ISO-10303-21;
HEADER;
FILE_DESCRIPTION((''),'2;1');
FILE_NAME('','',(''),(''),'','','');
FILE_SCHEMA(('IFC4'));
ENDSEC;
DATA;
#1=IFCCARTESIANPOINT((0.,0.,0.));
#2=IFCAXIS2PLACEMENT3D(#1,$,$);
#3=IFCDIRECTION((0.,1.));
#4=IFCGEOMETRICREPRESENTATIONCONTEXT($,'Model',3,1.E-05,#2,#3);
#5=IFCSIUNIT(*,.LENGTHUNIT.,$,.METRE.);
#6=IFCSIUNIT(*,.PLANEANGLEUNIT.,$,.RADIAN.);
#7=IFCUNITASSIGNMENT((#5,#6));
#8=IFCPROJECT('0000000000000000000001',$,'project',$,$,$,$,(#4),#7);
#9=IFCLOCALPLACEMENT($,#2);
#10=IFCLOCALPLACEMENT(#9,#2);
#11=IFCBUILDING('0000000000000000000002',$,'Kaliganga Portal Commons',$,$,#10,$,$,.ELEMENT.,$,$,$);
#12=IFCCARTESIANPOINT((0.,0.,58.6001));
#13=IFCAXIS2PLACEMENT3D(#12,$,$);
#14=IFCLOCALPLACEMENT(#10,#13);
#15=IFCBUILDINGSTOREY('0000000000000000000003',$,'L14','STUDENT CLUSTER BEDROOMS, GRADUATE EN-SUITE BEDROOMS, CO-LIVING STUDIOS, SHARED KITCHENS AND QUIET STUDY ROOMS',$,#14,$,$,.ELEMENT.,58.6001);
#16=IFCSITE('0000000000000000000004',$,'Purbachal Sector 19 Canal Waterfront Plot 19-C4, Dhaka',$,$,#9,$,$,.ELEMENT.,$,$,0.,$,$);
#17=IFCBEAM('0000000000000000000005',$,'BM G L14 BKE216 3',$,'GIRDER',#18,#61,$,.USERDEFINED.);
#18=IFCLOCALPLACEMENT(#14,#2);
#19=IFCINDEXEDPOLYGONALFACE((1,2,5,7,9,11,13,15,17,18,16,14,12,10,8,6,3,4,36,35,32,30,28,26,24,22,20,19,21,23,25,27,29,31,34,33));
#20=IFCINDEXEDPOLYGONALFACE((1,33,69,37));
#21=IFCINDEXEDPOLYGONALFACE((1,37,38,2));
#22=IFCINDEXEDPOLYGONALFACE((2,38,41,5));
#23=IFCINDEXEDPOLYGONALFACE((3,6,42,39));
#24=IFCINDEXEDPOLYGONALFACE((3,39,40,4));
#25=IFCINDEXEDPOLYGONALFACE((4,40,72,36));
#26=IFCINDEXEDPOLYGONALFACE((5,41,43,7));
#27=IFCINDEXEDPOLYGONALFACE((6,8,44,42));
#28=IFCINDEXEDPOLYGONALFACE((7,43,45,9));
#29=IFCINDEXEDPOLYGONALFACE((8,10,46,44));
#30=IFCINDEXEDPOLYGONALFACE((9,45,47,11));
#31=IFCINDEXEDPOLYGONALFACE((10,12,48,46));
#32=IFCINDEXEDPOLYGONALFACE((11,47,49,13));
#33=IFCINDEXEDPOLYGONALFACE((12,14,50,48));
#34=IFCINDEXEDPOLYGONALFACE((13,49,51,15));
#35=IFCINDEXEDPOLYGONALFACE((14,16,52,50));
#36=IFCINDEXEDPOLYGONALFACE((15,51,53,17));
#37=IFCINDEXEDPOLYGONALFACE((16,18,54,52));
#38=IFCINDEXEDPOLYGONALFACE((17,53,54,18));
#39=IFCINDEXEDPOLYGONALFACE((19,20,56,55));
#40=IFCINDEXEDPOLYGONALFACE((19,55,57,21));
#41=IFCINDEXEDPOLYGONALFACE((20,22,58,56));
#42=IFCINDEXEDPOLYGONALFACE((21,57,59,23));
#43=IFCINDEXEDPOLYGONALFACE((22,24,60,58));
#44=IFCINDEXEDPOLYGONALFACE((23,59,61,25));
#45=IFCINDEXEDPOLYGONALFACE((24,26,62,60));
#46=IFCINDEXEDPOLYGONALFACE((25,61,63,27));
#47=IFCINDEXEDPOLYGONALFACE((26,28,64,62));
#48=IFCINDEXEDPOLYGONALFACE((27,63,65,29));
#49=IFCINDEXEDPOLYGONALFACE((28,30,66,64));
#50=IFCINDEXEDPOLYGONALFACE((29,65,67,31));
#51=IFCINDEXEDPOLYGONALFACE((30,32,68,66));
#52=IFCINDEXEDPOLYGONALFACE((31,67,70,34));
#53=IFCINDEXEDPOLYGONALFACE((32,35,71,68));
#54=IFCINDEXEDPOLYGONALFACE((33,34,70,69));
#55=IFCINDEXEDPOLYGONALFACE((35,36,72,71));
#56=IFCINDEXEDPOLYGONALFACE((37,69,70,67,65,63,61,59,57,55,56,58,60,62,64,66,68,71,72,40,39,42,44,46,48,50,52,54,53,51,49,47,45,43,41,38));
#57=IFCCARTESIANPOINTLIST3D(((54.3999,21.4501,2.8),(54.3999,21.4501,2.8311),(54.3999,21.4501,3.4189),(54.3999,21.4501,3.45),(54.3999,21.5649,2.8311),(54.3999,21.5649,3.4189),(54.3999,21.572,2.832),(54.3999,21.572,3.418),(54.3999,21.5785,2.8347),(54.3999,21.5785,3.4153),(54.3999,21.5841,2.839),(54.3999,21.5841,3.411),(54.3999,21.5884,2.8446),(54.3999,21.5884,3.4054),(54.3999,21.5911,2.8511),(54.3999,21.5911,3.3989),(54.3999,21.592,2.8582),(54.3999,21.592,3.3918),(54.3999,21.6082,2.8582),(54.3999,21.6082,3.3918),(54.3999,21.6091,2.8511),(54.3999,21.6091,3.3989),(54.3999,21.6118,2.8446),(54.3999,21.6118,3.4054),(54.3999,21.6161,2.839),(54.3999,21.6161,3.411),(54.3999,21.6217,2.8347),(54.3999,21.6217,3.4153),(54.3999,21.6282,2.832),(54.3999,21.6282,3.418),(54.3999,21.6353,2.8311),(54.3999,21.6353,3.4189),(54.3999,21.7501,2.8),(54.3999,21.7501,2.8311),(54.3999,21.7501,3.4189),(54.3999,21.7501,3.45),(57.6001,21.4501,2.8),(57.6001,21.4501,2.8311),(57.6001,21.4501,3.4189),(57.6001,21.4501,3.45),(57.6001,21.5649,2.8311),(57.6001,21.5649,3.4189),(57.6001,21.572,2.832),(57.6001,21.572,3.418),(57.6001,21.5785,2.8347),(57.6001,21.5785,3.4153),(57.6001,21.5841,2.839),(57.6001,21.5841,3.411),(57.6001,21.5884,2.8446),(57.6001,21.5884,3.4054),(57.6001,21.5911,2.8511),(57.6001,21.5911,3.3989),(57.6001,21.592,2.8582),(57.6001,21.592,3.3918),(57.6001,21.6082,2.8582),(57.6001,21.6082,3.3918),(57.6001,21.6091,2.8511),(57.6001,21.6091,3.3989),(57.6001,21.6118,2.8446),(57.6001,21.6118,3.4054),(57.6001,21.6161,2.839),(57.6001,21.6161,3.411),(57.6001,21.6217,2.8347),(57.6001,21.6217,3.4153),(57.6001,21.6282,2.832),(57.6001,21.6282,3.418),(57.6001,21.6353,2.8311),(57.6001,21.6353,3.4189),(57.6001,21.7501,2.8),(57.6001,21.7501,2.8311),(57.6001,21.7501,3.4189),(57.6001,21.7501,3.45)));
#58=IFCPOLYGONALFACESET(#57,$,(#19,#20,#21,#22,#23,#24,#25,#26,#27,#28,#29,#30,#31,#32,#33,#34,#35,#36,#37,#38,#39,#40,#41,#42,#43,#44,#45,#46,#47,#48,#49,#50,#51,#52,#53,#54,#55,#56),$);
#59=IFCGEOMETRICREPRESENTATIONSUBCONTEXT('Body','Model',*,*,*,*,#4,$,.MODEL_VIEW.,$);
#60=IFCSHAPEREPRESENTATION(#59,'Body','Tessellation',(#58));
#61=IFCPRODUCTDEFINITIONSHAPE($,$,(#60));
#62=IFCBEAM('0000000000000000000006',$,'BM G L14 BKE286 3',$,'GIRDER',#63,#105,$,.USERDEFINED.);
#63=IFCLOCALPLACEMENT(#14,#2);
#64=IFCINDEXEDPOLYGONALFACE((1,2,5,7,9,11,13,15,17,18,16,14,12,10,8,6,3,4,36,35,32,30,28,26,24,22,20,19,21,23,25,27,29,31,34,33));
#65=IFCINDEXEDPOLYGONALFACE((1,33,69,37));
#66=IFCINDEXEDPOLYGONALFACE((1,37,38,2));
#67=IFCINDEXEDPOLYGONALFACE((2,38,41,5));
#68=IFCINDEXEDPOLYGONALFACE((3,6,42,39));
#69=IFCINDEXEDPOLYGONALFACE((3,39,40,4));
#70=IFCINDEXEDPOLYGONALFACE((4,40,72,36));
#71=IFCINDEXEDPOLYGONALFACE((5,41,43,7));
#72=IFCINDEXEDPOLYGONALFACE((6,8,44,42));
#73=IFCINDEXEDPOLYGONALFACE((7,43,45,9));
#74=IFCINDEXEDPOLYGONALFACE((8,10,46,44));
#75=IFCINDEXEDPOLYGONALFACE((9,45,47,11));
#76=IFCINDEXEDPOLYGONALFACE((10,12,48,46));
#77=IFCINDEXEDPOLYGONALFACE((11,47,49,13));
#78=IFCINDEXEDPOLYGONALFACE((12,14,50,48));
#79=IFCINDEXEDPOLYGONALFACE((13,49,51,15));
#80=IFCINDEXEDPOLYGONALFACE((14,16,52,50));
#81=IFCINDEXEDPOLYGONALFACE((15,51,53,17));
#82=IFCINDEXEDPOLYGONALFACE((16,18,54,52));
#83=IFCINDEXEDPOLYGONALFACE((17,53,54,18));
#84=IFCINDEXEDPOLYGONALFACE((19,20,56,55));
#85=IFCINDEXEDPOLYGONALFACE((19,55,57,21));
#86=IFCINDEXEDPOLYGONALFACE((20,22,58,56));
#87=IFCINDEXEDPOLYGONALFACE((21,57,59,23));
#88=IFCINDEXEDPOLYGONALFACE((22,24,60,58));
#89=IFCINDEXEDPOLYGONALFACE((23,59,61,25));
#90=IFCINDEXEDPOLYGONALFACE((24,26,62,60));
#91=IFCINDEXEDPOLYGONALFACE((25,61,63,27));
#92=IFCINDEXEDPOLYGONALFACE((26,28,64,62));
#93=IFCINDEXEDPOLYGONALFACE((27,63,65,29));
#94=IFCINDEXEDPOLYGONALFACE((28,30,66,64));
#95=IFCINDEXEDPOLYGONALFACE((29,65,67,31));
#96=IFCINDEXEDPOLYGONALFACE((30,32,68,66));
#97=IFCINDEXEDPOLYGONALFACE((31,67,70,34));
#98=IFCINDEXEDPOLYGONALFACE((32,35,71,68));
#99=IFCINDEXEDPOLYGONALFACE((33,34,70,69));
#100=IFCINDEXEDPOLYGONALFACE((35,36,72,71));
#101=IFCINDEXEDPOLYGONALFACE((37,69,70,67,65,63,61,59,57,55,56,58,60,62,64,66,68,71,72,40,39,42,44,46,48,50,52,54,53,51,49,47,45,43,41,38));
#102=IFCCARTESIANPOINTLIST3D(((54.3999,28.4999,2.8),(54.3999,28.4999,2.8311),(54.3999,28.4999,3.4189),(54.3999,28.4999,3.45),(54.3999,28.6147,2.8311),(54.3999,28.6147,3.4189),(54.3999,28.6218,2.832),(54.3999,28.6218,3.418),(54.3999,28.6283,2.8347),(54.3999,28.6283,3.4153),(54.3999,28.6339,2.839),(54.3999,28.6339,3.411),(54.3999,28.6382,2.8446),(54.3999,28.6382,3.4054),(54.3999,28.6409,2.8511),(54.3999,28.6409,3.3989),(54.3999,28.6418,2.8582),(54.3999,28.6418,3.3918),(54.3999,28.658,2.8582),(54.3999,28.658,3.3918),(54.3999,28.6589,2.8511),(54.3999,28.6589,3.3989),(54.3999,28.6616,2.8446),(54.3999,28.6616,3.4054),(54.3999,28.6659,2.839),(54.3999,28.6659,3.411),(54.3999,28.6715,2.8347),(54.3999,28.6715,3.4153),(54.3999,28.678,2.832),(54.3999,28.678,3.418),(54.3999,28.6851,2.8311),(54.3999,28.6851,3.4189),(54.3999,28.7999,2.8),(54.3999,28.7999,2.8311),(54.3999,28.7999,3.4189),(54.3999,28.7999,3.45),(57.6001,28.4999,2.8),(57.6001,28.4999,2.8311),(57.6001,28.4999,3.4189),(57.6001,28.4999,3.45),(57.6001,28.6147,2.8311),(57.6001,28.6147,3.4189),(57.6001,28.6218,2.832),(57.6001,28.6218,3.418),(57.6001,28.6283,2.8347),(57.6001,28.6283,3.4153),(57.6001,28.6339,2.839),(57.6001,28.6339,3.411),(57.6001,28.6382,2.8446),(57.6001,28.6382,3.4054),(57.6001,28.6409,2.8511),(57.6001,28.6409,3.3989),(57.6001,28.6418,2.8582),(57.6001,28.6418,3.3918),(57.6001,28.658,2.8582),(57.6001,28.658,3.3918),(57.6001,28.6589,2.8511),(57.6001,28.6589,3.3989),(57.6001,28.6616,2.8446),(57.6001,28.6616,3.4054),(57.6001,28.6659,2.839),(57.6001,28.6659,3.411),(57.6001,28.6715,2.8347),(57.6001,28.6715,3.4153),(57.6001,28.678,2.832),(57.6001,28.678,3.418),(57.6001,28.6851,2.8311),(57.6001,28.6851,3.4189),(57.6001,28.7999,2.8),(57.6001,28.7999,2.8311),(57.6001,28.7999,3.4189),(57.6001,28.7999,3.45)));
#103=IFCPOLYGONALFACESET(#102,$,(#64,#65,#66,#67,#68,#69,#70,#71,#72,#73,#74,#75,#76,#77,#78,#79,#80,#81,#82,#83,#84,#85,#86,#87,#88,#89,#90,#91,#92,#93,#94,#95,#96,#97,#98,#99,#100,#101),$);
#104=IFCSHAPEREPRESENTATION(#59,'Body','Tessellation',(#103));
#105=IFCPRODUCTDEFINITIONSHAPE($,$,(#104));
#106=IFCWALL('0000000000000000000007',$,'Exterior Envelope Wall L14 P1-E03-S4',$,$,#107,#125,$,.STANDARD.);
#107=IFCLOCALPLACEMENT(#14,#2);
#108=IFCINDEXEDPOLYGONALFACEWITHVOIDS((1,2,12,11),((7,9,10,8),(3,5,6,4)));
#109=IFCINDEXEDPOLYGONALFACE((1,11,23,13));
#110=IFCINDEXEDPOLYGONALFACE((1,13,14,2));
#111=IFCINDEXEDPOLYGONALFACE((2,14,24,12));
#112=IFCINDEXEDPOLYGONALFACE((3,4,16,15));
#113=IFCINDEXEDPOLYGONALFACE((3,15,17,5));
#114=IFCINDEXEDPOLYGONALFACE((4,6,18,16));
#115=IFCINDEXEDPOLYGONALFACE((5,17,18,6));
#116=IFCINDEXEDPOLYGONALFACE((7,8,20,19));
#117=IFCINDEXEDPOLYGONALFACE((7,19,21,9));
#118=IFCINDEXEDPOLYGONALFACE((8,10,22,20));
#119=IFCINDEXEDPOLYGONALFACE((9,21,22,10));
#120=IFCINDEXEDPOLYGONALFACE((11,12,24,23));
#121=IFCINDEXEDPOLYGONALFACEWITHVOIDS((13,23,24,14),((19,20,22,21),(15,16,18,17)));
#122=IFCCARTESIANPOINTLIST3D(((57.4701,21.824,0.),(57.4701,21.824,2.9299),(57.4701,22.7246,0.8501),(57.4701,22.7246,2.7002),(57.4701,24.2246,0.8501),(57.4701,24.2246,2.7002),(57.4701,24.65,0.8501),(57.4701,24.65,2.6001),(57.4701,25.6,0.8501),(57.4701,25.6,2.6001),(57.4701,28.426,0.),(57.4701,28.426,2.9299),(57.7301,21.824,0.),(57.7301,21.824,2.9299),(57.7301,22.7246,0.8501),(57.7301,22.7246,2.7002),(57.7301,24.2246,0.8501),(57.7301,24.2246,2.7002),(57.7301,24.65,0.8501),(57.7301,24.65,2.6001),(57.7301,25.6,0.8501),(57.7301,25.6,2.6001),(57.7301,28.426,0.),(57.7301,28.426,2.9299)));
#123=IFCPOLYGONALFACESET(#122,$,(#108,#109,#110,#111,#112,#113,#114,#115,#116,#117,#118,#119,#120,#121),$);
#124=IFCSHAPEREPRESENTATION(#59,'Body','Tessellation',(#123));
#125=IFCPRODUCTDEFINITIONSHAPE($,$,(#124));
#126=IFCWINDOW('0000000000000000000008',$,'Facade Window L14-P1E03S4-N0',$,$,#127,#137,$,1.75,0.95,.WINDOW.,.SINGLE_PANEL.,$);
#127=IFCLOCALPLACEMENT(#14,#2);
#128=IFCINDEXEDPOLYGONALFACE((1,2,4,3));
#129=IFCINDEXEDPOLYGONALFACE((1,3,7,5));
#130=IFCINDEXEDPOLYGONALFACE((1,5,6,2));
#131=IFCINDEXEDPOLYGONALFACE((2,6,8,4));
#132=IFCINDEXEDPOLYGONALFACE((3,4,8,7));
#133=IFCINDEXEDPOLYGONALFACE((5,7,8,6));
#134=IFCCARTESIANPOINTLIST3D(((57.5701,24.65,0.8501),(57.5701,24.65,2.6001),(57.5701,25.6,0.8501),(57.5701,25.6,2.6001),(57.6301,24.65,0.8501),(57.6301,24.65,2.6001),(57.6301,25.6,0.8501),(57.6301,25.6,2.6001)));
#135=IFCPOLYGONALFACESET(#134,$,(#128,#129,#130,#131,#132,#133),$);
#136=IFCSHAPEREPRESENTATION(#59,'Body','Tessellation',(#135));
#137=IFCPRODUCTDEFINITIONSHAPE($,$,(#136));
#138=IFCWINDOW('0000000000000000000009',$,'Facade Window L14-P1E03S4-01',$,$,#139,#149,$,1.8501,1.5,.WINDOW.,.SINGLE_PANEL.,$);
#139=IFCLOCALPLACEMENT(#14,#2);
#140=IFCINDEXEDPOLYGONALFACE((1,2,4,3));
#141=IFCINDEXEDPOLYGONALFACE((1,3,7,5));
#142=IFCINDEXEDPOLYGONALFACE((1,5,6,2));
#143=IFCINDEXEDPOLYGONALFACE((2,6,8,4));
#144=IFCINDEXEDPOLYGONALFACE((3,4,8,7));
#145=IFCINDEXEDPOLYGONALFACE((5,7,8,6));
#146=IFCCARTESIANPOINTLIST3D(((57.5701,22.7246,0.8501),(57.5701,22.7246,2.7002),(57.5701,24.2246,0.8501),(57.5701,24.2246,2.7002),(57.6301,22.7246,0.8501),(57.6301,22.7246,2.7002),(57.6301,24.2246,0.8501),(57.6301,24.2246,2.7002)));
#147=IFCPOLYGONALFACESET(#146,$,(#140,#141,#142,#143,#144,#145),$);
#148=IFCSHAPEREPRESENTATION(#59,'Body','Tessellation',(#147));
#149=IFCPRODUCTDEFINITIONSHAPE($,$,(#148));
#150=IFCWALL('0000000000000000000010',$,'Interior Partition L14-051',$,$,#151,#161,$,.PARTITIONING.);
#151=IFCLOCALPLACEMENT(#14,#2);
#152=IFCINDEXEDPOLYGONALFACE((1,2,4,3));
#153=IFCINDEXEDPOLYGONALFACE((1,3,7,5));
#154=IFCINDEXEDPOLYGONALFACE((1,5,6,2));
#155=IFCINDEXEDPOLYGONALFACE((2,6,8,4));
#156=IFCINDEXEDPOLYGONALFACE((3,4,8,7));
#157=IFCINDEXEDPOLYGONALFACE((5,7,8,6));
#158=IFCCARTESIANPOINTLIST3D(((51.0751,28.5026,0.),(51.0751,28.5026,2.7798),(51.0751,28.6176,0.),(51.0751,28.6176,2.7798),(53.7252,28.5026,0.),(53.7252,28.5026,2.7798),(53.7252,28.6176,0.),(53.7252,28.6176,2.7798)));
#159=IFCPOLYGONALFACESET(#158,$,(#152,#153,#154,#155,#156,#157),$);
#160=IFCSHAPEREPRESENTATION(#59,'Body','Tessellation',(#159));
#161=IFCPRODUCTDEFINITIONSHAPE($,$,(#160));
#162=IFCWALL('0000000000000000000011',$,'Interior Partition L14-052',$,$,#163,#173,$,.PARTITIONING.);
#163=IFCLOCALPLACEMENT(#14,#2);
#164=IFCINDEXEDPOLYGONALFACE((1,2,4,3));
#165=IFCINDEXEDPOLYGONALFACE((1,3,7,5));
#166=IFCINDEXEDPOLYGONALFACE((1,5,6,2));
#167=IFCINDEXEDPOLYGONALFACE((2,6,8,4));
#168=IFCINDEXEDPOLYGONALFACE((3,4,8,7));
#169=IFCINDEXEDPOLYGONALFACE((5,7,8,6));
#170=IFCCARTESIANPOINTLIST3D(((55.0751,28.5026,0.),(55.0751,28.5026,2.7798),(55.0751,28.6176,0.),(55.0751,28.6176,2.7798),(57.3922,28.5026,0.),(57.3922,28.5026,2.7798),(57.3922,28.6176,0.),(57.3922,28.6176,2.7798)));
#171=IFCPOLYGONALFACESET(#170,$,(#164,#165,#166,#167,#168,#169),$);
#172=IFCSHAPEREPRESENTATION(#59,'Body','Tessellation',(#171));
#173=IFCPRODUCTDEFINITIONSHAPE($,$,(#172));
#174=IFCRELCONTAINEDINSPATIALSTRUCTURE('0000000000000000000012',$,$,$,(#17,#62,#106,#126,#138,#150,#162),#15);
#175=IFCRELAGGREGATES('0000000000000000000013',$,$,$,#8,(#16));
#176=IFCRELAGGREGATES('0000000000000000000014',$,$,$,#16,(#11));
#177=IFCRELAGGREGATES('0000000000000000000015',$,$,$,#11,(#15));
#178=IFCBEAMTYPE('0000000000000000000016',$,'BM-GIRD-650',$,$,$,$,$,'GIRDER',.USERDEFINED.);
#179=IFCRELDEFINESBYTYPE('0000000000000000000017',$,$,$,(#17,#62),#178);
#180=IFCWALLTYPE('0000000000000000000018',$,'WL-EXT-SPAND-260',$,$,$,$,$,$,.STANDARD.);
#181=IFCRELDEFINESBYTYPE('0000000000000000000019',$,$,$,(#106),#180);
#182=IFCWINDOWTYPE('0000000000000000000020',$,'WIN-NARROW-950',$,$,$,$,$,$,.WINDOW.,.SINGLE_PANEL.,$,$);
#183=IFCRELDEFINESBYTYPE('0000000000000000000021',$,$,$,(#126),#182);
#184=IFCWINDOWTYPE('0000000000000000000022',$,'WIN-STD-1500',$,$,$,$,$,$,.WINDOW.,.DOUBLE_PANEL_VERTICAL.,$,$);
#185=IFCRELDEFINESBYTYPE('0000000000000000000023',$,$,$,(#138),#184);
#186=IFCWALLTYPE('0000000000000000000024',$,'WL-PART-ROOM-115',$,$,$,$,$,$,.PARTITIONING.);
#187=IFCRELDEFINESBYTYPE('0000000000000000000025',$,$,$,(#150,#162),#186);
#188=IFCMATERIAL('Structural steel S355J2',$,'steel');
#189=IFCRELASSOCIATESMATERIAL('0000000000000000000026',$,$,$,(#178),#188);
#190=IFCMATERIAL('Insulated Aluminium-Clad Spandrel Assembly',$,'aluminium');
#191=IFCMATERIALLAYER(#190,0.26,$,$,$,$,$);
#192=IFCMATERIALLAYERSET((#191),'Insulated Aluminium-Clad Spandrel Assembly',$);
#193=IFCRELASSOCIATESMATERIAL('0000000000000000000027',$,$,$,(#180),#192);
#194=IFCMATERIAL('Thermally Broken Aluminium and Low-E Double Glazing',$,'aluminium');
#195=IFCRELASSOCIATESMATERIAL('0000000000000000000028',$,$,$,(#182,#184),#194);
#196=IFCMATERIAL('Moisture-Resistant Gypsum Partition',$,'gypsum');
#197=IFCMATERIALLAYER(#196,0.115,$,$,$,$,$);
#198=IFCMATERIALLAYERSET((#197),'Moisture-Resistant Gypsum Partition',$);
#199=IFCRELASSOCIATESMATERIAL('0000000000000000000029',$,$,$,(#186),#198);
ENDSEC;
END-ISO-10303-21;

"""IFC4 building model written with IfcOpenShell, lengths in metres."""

from ifc_helpers import new_model, si_unit, direction, frame, frame_2d, origin, origin_2d, place, context, subcontext, project, spatial, rectangle, i_section, extrude, source, transform, mapped, material, layer, layer_set, material_profile, profile_set, type_object, element, fill, save


model = new_model("IFC4")

# Units and contexts
model_context = context("Model", 3, precision=1e-05, world=origin(), true_north=direction((0.0, 1.0)))
body_context = subcontext(model_context, "Body", "Model", "MODEL_VIEW")
ifc_project = project(units=[si_unit("LENGTHUNIT", "METRE"), si_unit("PLANEANGLEUNIT", "RADIAN")], contexts=[model_context])

# Site, building, storey
site_placement = place(None, origin())
site = spatial("IfcSite", under=ifc_project, at=site_placement, Name="Purbachal Sector 19 Canal Waterfront Plot 19-C4, Dhaka", CompositionType="ELEMENT", RefElevation=0.0)
building_placement = place(site_placement, origin())
building = spatial("IfcBuilding", under=site, at=building_placement, Name="Kaliganga Portal Commons", CompositionType="ELEMENT")
storey_placement = place(building_placement, frame((0.0, 0.0, 58.6001)))
storey = spatial("IfcBuildingStorey", under=building, at=storey_placement, Name="L14", Description="STUDENT CLUSTER BEDROOMS, GRADUATE EN-SUITE BEDROOMS, CO-LIVING STUDIOS, SHARED KITCHENS AND QUIET STUDY ROOMS", CompositionType="ELEMENT", Elevation=58.6001)

# Beams
ifc_material_1 = material(Name="Structural steel S355J2", Category="steel")
ifc_material_profile_1 = material_profile(ifc_material_1, i_section(OverallWidth=0.3, OverallDepth=0.6499, WebThickness=0.0161, FlangeThickness=0.031, FilletRadius=0.0271, at=origin_2d()), Name="HE 650 B")
ifc_profile_set_1 = profile_set([ifc_material_profile_1], Name="Structural steel S355J2 wide-flange")
beam_type_1 = type_object("IfcBeamType", Name="BM-GIRD-650", ElementType="GIRDER", PredefinedType="USERDEFINED", material=ifc_profile_set_1)
shared_shape_1 = source(origin(), body_context, "Body", "SweptSolid", [
    extrude(i_section(OverallWidth=0.3, OverallDepth=0.6499, WebThickness=0.0161, FlangeThickness=0.031, FilletRadius=0.0271, at=origin_2d()), origin(), (0.0, 0.0, 1.0), 3.2002),
])
for number, where, z_axis, x_axis, name in (
    (1, (54.3999, 21.6001, 3.125), (1.0, 0.0, 0.0), (0.0, 1.0, 0.0), "BM G L14 BKE216 3"),
    (2, (54.3999, 28.6499, 3.125), (1.0, 0.0, 0.0), (0.0, 1.0, 0.0), "BM G L14 BKE286 3"),
):
    element("IfcBeam", number, at=place(storey_placement, frame(where, z_axis=z_axis, x_axis=x_axis)), inside=storey, type_object=beam_type_1, Name=name, ObjectType="GIRDER", PredefinedType="USERDEFINED", context=body_context, shape_type="MappedRepresentation", body=[
        mapped(shared_shape_1, transform((0.0, 0.0, 0.0), x_axis=(1.0, 0.0, 0.0), y_axis=(0.0, 1.0, 0.0), z_axis=(0.0, 0.0, 1.0), scale=1.0)),
    ])

# Wall, openings, windows
ifc_material_2 = material(Name="Insulated Aluminium-Clad Spandrel Assembly", Category="aluminium")
ifc_layer_1 = layer(ifc_material_2, 0.26)
ifc_layer_set_1 = layer_set([ifc_layer_1], Name="Insulated Aluminium-Clad Spandrel Assembly")
wall_type_1 = type_object("IfcWallType", Name="WL-EXT-SPAND-260", PredefinedType="STANDARD", material=ifc_layer_set_1)
wall_1_placement = place(storey_placement, frame((57.6001, 28.426, 0.0), z_axis=(0.0, 0.0, 1.0), x_axis=(0.0, -1.0, 0.0)))
wall_1 = element("IfcWall", 3, at=wall_1_placement, inside=storey, type_object=wall_type_1, Name="Exterior Envelope Wall L14 P1-E03-S4", PredefinedType="STANDARD", context=body_context, shape_type="SweptSolid", body=[
    extrude(rectangle(XDim=6.6021, YDim=0.26, at=frame_2d((3.301, 0.0))), origin(), (0.0, 0.0, 1.0), 2.9299),
])
opening_1_placement = place(wall_1_placement, frame((4.2014, 0.0, 0.8501)))
opening_1 = element("IfcOpeningElement", 4, at=opening_1_placement, cuts=wall_1, PredefinedType="OPENING", context=body_context, shape_type="SweptSolid", body=[
    extrude(rectangle(XDim=1.5, YDim=1.8501, at=frame_2d((0.75, 0.925))), frame((0.0, 0.1401, 0.0), z_axis=(0.0, -1.0, 0.0), x_axis=(1.0, 0.0, 0.0)), (0.0, 0.0, 1.0), 0.28),
])
opening_2_placement = place(wall_1_placement, frame((2.8259, 0.0, 0.8501)))
opening_2 = element("IfcOpeningElement", 5, at=opening_2_placement, cuts=wall_1, PredefinedType="OPENING", context=body_context, shape_type="SweptSolid", body=[
    extrude(rectangle(XDim=0.95, YDim=1.75, at=frame_2d((0.4751, 0.875))), frame((0.0, 0.1401, 0.0), z_axis=(0.0, -1.0, 0.0), x_axis=(1.0, 0.0, 0.0)), (0.0, 0.0, 1.0), 0.28),
])
ifc_material_3 = material(Name="Thermally Broken Aluminium and Low-E Double Glazing", Category="aluminium")
window_type_1 = type_object("IfcWindowType", Name="WIN-NARROW-950", PartitioningType="SINGLE_PANEL", PredefinedType="WINDOW", material=ifc_material_3)
window_1_placement = place(opening_2_placement, origin())
window_1 = element("IfcWindow", 6, at=window_1_placement, inside=storey, type_object=window_type_1, Name="Facade Window L14-P1E03S4-N0", OverallHeight=1.75, OverallWidth=0.95, PartitioningType="SINGLE_PANEL", PredefinedType="WINDOW", context=body_context, shape_type="SweptSolid", body=[
    extrude(rectangle(XDim=0.95, YDim=1.75, at=frame_2d((0.4751, 0.875))), frame((0.0, 0.03, 0.0), z_axis=(0.0, -1.0, 0.0), x_axis=(1.0, 0.0, 0.0)), (0.0, 0.0, 1.0), 0.0601),
])
fill(opening_2, window_1)
window_type_2 = type_object("IfcWindowType", Name="WIN-STD-1500", PartitioningType="DOUBLE_PANEL_VERTICAL", PredefinedType="WINDOW", material=ifc_material_3)
window_2_placement = place(opening_1_placement, origin())
window_2 = element("IfcWindow", 7, at=window_2_placement, inside=storey, type_object=window_type_2, Name="Facade Window L14-P1E03S4-01", OverallHeight=1.8501, OverallWidth=1.5, PartitioningType="SINGLE_PANEL", PredefinedType="WINDOW", context=body_context, shape_type="SweptSolid", body=[
    extrude(rectangle(XDim=1.5, YDim=1.8501, at=frame_2d((0.75, 0.925))), frame((0.0, 0.03, 0.0), z_axis=(0.0, -1.0, 0.0), x_axis=(1.0, 0.0, 0.0)), (0.0, 0.0, 1.0), 0.0601),
])
fill(opening_1, window_2)

# Walls
ifc_material_4 = material(Name="Moisture-Resistant Gypsum Partition", Category="gypsum")
ifc_layer_2 = layer(ifc_material_4, 0.115)
ifc_layer_set_2 = layer_set([ifc_layer_2], Name="Moisture-Resistant Gypsum Partition")
wall_type_2 = type_object("IfcWallType", Name="WL-PART-ROOM-115", PredefinedType="PARTITIONING", material=ifc_layer_set_2)
wall_2_placement = place(storey_placement, frame((51.075, 28.5601, 0.0), z_axis=(0.0, 0.0, 1.0), x_axis=(1.0, 0.0, 0.0)))
element("IfcWall", 8, at=wall_2_placement, inside=storey, type_object=wall_type_2, Name="Interior Partition L14-051", PredefinedType="PARTITIONING", context=body_context, shape_type="SweptSolid", body=[
    extrude(rectangle(XDim=2.6501, YDim=0.115, at=frame_2d((1.3252, 0.0))), origin(), (0.0, 0.0, 1.0), 2.7798),
])
wall_3_placement = place(storey_placement, frame((55.075, 28.5601, 0.0), z_axis=(0.0, 0.0, 1.0), x_axis=(1.0, 0.0, 0.0)))
element("IfcWall", 9, at=wall_3_placement, inside=storey, type_object=wall_type_2, Name="Interior Partition L14-052", PredefinedType="PARTITIONING", context=body_context, shape_type="SweptSolid", body=[
    extrude(rectangle(XDim=2.3171, YDim=0.115, at=frame_2d((1.1587, 0.0))), origin(), (0.0, 0.0, 1.0), 2.7798),
])

save(model, "model.ifc")
